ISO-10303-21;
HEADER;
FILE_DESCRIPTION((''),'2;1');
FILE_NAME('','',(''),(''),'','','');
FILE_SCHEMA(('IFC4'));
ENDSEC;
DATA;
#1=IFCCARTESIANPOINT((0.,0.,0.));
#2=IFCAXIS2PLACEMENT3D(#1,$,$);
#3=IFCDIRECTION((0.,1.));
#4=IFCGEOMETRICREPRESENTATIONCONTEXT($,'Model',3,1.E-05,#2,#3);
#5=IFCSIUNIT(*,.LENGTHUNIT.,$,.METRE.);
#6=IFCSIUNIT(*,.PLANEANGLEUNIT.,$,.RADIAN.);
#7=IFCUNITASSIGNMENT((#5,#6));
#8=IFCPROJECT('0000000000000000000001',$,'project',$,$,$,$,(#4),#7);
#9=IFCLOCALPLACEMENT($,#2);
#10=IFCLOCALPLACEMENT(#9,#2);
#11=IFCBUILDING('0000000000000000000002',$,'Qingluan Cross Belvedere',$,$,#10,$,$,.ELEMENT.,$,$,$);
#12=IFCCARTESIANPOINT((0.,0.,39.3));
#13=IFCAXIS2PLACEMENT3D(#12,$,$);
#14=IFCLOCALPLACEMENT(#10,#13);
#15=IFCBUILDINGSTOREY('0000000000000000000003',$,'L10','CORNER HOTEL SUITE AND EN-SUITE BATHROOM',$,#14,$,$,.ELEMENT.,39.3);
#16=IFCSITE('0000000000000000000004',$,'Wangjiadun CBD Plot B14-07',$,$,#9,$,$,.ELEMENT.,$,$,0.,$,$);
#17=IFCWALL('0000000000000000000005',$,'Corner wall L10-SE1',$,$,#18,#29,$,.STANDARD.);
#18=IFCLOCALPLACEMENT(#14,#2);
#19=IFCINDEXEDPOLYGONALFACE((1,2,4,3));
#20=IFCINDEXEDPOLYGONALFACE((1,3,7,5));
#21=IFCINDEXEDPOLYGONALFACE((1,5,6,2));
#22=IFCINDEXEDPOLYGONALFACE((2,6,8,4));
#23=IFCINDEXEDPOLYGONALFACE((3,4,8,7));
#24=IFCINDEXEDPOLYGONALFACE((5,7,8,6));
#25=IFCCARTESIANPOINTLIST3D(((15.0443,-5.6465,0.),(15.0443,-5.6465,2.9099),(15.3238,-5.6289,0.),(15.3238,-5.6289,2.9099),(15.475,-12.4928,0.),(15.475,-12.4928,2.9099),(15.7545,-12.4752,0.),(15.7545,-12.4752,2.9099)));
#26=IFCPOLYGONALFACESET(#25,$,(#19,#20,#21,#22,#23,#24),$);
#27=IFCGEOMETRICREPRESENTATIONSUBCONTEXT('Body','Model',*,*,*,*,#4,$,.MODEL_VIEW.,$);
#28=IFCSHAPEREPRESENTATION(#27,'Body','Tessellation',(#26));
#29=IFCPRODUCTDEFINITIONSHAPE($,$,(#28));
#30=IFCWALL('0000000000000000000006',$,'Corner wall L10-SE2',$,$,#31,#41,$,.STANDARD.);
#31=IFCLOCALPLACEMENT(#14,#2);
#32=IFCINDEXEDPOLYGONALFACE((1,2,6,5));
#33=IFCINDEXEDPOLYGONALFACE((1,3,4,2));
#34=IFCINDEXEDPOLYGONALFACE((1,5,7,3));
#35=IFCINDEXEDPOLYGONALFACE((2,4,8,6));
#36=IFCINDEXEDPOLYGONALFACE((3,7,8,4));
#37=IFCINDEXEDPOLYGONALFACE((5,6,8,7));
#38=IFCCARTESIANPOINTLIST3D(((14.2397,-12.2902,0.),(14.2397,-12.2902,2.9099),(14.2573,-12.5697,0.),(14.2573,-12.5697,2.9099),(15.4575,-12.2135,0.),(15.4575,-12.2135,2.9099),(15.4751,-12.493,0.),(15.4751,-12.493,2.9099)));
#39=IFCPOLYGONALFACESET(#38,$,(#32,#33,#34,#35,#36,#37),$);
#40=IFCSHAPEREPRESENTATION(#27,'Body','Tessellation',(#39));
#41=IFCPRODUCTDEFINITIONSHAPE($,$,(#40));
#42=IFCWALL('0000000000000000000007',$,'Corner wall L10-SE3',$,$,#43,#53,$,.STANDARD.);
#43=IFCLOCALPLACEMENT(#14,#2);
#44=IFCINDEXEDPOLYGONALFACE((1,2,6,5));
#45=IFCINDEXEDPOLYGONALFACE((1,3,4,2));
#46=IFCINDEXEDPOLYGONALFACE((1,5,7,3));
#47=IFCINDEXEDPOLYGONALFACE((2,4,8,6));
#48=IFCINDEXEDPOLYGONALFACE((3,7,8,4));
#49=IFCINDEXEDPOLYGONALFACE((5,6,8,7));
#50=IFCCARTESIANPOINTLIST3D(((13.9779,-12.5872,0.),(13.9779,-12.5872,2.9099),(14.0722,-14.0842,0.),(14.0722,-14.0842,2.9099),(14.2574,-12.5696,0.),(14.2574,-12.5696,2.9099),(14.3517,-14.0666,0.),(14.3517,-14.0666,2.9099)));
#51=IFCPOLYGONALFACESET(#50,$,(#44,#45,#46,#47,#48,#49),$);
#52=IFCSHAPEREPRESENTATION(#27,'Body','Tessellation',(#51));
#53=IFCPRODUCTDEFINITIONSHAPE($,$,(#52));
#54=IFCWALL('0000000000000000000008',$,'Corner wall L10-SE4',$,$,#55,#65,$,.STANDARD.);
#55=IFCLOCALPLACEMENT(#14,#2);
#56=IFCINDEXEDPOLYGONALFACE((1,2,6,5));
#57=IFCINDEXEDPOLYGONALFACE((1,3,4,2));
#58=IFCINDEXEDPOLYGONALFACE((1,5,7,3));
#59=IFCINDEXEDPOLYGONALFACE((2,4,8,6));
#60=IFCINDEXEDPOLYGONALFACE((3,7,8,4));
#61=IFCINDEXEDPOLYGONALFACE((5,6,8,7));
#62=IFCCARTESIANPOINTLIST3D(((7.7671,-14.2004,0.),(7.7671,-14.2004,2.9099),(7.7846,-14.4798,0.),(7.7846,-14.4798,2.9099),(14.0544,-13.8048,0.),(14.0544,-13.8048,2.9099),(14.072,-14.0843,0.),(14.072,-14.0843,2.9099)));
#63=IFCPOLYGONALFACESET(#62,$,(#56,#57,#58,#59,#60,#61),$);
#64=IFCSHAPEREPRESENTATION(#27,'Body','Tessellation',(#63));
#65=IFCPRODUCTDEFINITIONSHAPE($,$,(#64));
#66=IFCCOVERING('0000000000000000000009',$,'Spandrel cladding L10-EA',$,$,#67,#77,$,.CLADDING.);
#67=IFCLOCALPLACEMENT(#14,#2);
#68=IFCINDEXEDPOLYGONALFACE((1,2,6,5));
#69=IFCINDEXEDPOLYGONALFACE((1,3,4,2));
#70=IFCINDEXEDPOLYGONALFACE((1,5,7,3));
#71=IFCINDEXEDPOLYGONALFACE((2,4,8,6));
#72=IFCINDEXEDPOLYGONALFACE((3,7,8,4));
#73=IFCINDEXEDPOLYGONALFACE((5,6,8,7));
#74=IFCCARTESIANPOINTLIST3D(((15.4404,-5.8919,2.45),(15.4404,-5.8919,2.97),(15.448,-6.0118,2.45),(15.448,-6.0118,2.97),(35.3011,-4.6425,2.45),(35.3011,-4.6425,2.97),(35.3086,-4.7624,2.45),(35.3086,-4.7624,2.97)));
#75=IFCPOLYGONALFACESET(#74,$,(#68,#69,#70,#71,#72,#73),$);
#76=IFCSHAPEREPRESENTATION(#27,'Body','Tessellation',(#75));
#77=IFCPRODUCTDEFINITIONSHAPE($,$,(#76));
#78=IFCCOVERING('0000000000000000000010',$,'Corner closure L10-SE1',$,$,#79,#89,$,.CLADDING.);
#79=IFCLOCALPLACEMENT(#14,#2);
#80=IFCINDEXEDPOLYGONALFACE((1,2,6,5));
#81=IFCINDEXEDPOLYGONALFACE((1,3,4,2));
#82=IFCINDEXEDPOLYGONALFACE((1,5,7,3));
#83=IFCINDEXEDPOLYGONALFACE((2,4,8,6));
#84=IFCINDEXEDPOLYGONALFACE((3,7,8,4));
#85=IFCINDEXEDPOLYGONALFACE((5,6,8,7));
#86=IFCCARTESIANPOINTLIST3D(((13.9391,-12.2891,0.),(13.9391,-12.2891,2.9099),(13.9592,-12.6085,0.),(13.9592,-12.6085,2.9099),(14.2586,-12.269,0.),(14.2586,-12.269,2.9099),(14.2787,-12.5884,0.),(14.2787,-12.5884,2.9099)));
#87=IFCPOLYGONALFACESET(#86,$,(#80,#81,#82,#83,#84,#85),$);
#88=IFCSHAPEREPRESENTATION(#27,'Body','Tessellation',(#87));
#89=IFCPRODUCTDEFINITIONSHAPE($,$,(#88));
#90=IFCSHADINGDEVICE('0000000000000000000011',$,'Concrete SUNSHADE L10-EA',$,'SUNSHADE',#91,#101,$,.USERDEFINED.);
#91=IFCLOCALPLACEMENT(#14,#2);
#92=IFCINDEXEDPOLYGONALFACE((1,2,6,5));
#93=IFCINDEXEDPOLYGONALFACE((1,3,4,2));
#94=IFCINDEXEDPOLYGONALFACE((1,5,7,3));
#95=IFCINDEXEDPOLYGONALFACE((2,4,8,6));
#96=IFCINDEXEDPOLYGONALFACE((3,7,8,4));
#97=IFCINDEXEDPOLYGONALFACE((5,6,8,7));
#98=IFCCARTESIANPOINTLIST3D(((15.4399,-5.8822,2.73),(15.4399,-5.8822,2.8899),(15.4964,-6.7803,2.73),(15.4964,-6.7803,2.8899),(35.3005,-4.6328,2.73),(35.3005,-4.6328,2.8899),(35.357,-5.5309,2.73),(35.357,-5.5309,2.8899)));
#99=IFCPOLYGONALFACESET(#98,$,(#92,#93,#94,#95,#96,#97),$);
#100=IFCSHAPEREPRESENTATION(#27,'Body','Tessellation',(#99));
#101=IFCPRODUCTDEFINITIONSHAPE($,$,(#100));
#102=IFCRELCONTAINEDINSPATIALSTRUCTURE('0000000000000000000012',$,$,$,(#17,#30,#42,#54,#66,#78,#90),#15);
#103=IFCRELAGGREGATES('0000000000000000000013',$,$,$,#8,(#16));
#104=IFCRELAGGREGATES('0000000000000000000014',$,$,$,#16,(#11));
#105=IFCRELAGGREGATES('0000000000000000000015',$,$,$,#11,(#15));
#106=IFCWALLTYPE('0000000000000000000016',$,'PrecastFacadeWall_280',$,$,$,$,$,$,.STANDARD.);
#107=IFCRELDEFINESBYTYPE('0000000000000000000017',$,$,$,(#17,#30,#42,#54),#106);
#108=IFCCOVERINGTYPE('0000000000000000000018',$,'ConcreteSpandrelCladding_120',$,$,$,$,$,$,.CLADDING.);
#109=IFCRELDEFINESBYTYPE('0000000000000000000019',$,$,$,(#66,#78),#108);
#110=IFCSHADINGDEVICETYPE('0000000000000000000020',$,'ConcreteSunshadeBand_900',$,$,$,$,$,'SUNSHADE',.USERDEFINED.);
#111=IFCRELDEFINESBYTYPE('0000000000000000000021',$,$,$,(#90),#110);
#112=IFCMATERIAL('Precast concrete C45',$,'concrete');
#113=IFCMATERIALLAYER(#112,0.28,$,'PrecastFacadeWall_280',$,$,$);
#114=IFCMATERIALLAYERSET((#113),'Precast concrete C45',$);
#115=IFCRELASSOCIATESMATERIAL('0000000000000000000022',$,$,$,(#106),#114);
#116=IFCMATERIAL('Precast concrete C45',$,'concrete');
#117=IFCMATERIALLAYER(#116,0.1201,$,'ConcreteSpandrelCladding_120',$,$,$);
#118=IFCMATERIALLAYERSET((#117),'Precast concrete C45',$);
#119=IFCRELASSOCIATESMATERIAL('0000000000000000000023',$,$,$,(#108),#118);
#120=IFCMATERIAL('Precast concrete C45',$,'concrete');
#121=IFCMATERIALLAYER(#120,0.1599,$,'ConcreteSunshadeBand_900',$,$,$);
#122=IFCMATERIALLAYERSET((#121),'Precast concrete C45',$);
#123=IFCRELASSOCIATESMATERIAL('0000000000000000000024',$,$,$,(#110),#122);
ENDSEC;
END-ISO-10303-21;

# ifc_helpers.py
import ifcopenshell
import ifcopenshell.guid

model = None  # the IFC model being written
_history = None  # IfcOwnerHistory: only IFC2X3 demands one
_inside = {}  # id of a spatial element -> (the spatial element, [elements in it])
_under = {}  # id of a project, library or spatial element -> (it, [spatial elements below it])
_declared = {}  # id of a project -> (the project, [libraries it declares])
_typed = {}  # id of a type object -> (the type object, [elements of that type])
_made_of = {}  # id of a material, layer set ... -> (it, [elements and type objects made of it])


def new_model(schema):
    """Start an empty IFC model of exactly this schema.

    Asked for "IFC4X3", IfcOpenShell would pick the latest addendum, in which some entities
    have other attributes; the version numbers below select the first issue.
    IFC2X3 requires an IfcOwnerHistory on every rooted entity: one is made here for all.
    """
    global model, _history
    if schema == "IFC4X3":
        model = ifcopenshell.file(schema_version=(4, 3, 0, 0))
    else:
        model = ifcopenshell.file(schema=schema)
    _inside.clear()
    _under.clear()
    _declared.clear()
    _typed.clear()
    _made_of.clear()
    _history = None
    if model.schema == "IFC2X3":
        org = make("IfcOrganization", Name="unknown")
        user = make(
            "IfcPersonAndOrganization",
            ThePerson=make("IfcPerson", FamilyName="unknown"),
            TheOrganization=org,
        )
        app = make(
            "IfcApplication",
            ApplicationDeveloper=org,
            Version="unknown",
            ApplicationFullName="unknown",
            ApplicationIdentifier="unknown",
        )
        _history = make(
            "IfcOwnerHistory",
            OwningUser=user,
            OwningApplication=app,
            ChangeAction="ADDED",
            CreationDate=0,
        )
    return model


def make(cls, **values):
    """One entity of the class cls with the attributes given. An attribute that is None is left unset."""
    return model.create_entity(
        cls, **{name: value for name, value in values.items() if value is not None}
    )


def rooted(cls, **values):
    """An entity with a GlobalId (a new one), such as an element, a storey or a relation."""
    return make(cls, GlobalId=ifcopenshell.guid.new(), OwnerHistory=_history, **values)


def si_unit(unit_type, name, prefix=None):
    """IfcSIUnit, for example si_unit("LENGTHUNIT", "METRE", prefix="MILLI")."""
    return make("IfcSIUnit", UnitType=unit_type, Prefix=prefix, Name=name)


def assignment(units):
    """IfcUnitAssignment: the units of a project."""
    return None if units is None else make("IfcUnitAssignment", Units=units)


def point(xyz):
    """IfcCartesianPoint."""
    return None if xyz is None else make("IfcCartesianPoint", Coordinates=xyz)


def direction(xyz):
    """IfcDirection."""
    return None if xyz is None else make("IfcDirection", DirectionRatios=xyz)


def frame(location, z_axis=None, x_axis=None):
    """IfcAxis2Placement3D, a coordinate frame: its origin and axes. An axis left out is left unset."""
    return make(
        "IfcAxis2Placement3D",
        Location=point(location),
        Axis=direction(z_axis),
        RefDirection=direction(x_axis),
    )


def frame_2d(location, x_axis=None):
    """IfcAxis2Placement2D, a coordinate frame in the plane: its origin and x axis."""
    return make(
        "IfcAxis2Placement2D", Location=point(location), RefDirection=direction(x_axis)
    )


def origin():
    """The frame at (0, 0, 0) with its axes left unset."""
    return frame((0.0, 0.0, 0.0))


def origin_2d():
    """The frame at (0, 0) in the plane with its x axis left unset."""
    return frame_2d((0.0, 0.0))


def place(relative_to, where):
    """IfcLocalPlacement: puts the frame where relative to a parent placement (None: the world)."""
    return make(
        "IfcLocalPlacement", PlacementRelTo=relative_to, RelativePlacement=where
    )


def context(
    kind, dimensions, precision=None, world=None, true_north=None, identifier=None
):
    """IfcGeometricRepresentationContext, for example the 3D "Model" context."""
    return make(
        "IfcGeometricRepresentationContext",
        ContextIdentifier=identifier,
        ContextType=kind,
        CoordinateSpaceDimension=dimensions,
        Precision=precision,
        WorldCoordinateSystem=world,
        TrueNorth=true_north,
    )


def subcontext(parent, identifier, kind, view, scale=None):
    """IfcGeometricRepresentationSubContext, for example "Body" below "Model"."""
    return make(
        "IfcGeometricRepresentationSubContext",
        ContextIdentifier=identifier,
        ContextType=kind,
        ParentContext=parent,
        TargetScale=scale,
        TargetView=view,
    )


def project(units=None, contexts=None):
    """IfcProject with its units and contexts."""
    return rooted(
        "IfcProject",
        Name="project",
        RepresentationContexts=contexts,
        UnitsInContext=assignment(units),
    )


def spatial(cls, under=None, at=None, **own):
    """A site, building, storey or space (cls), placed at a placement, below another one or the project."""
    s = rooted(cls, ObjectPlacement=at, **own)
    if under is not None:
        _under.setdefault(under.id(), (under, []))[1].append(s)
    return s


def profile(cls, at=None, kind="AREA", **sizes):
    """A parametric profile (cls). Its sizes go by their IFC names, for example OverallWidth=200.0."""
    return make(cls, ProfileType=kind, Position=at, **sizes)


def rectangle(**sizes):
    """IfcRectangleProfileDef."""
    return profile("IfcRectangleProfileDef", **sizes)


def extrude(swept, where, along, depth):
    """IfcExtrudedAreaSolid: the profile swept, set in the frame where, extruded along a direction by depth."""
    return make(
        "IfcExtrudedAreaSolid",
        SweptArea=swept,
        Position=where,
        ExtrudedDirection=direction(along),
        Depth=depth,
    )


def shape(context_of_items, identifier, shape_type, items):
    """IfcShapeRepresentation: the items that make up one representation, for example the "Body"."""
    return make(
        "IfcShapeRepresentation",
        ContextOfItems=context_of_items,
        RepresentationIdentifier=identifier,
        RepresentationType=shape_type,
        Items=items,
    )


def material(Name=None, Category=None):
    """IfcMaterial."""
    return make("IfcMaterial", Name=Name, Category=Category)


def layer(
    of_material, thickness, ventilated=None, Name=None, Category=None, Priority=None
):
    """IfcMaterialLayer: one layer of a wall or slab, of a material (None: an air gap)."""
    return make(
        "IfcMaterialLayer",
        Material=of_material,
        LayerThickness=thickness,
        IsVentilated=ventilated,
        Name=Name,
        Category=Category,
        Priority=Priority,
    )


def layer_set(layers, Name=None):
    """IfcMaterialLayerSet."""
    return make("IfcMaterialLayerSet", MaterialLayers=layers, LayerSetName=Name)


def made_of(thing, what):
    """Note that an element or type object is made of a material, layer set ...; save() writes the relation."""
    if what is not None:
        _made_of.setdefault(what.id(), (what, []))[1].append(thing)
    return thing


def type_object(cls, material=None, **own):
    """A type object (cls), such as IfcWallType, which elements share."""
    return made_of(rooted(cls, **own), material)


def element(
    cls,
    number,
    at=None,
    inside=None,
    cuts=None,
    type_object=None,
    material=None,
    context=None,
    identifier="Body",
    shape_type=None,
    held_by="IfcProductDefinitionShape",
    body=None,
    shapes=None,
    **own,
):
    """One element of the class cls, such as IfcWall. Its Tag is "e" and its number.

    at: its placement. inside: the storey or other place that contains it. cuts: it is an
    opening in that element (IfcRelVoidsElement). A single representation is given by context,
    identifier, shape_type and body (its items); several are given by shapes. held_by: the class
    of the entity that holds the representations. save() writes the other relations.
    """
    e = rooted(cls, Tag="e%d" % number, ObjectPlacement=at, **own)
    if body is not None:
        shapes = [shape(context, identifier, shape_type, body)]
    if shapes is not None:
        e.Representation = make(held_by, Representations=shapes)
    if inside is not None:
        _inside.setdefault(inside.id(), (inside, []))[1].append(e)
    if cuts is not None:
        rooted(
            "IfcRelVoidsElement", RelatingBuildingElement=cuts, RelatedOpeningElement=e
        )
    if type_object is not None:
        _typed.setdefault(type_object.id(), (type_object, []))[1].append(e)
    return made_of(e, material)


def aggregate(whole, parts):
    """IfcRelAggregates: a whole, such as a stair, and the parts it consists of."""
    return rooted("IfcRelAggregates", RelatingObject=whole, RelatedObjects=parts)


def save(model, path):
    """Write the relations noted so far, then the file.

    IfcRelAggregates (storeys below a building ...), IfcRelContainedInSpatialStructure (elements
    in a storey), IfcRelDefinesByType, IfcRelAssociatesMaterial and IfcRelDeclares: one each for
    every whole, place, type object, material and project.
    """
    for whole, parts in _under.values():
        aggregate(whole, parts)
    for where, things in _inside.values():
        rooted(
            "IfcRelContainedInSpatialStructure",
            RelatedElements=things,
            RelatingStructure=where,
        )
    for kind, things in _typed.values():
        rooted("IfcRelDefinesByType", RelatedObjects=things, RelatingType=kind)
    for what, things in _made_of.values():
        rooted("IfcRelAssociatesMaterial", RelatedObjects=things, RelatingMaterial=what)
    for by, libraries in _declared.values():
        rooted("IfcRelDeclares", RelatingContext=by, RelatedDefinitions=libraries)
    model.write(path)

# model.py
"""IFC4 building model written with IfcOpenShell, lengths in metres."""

from ifc_helpers import new_model, si_unit, direction, frame, frame_2d, origin, origin_2d, place, context, subcontext, project, spatial, rectangle, extrude, material, layer, layer_set, type_object, element, save


model = new_model("IFC4")

# Units and contexts
model_context = context("Model", 3, precision=1e-05, world=origin(), true_north=direction((0.0, 1.0)))
body_context = subcontext(model_context, "Body", "Model", "MODEL_VIEW")
ifc_project = project(units=[si_unit("LENGTHUNIT", "METRE"), si_unit("PLANEANGLEUNIT", "RADIAN")], contexts=[model_context])

# Site, building, storey
site_placement = place(None, origin())
site = spatial("IfcSite", under=ifc_project, at=site_placement, Name="Wangjiadun CBD Plot B14-07", CompositionType="ELEMENT", RefElevation=0.0)
building_placement = place(site_placement, origin())
building = spatial("IfcBuilding", under=site, at=building_placement, Name="Qingluan Cross Belvedere", CompositionType="ELEMENT")
storey_placement = place(building_placement, frame((0.0, 0.0, 39.3)))
storey = spatial("IfcBuildingStorey", under=building, at=storey_placement, Name="L10", Description="CORNER HOTEL SUITE AND EN-SUITE BATHROOM", CompositionType="ELEMENT", Elevation=39.3)

# Shared definitions
ifc_material_1 = material(Name="Precast concrete C45", Category="concrete")
ifc_layer_1 = layer(ifc_material_1, 0.28, Name="PrecastFacadeWall_280")
ifc_layer_set_1 = layer_set([ifc_layer_1], Name="Precast concrete C45")
wall_type_1 = type_object("IfcWallType", Name="PrecastFacadeWall_280", PredefinedType="STANDARD", material=ifc_layer_set_1)

# Walls
wall_1_placement = place(storey_placement, frame((15.1841, -5.6377, 0.0), z_axis=(0.0, 0.0, 1.0), x_axis=(0.062779, -0.998027, 0.0)))
element("IfcWall", 1, at=wall_1_placement, inside=storey, type_object=wall_type_1, Name="Corner wall L10-SE1", PredefinedType="STANDARD", context=body_context, shape_type="SweptSolid", body=[
    extrude(rectangle(XDim=6.8599, YDim=0.28, at=frame_2d((3.4299, 0.0))), origin(), (0.0, 0.0, 1.0), 2.9099),
])
wall_2_placement = place(storey_placement, frame((15.4663, -12.3533, 0.0), z_axis=(0.0, 0.0, 1.0), x_axis=(-0.998024, -0.062827, 0.0)))
element("IfcWall", 2, at=wall_2_placement, inside=storey, type_object=wall_type_1, Name="Corner wall L10-SE2", PredefinedType="STANDARD", context=body_context, shape_type="SweptSolid", body=[
    extrude(rectangle(XDim=1.2202, YDim=0.28, at=frame_2d((0.6101, 0.0))), origin(), (0.0, 0.0, 1.0), 2.9099),
])
wall_3_placement = place(storey_placement, frame((14.1177, -12.5784, 0.0), z_axis=(0.0, 0.0, 1.0), x_axis=(0.062824, -0.998025, 0.0)))
element("IfcWall", 3, at=wall_3_placement, inside=storey, type_object=wall_type_1, Name="Corner wall L10-SE3", PredefinedType="STANDARD", context=body_context, shape_type="SweptSolid", body=[
    extrude(rectangle(XDim=1.5, YDim=0.28, at=frame_2d((0.75, 0.0))), origin(), (0.0, 0.0, 1.0), 2.9099),
])
wall_4_placement = place(storey_placement, frame((14.0632, -13.9446, 0.0), z_axis=(0.0, 0.0, 1.0), x_axis=(-0.998027, -0.062781, 0.0)))
element("IfcWall", 4, at=wall_4_placement, inside=storey, type_object=wall_type_1, Name="Corner wall L10-SE4", PredefinedType="STANDARD", context=body_context, shape_type="SweptSolid", body=[
    extrude(rectangle(XDim=6.2998, YDim=0.28, at=frame_2d((3.1499, 0.0))), origin(), (0.0, 0.0, 1.0), 2.9099),
])

# Coverings
ifc_material_2 = material(Name="Precast concrete C45", Category="concrete")
ifc_layer_2 = layer(ifc_material_2, 0.1201, Name="ConcreteSpandrelCladding_120")
ifc_layer_set_2 = layer_set([ifc_layer_2], Name="Precast concrete C45")
covering_type = type_object("IfcCoveringType", Name="ConcreteSpandrelCladding_120", PredefinedType="CLADDING", material=ifc_layer_set_2)
covering_1_placement = place(storey_placement, frame((25.3745, -5.3271, 2.45), z_axis=(0.0, 0.0, 1.0), x_axis=(0.998027, 0.062786, 0.0)))
element("IfcCovering", 5, at=covering_1_placement, inside=storey, type_object=covering_type, Name="Spandrel cladding L10-EA", PredefinedType="CLADDING", context=body_context, shape_type="SweptSolid", body=[
    extrude(rectangle(XDim=19.8999, YDim=0.1201, at=origin_2d()), origin(), (0.0, 0.0, 1.0), 0.52),
])
covering_2_placement = place(storey_placement, frame((14.1089, -12.4387, 0.0), z_axis=(0.0, 0.0, 1.0), x_axis=(0.998027, 0.062791, 0.0)))
element("IfcCovering", 6, at=covering_2_placement, inside=storey, type_object=covering_type, Name="Corner closure L10-SE1", PredefinedType="CLADDING", context=body_context, shape_type="SweptSolid", body=[
    extrude(rectangle(XDim=0.3201, YDim=0.3201, at=origin_2d()), origin(), (0.0, 0.0, 1.0), 2.9099),
])

# Shading device
ifc_material_3 = material(Name="Precast concrete C45", Category="concrete")
ifc_layer_3 = layer(ifc_material_3, 0.1599, Name="ConcreteSunshadeBand_900")
ifc_layer_set_3 = layer_set([ifc_layer_3], Name="Precast concrete C45")
shading_device_type = type_object("IfcShadingDeviceType", Name="ConcreteSunshadeBand_900", ElementType="SUNSHADE", PredefinedType="USERDEFINED", material=ifc_layer_set_3)
shading_device_placement = place(storey_placement, frame((25.3984, -5.7065, 2.73), z_axis=(0.0, 0.0, 1.0), x_axis=(0.998027, 0.062786, 0.0)))
element("IfcShadingDevice", 7, at=shading_device_placement, inside=storey, type_object=shading_device_type, Name="Concrete SUNSHADE L10-EA", ObjectType="SUNSHADE", PredefinedType="USERDEFINED", context=body_context, shape_type="SweptSolid", body=[
    extrude(rectangle(XDim=19.8999, YDim=0.8999, at=origin_2d()), origin(), (0.0, 0.0, 1.0), 0.1599),
])

save(model, "model.ifc")
